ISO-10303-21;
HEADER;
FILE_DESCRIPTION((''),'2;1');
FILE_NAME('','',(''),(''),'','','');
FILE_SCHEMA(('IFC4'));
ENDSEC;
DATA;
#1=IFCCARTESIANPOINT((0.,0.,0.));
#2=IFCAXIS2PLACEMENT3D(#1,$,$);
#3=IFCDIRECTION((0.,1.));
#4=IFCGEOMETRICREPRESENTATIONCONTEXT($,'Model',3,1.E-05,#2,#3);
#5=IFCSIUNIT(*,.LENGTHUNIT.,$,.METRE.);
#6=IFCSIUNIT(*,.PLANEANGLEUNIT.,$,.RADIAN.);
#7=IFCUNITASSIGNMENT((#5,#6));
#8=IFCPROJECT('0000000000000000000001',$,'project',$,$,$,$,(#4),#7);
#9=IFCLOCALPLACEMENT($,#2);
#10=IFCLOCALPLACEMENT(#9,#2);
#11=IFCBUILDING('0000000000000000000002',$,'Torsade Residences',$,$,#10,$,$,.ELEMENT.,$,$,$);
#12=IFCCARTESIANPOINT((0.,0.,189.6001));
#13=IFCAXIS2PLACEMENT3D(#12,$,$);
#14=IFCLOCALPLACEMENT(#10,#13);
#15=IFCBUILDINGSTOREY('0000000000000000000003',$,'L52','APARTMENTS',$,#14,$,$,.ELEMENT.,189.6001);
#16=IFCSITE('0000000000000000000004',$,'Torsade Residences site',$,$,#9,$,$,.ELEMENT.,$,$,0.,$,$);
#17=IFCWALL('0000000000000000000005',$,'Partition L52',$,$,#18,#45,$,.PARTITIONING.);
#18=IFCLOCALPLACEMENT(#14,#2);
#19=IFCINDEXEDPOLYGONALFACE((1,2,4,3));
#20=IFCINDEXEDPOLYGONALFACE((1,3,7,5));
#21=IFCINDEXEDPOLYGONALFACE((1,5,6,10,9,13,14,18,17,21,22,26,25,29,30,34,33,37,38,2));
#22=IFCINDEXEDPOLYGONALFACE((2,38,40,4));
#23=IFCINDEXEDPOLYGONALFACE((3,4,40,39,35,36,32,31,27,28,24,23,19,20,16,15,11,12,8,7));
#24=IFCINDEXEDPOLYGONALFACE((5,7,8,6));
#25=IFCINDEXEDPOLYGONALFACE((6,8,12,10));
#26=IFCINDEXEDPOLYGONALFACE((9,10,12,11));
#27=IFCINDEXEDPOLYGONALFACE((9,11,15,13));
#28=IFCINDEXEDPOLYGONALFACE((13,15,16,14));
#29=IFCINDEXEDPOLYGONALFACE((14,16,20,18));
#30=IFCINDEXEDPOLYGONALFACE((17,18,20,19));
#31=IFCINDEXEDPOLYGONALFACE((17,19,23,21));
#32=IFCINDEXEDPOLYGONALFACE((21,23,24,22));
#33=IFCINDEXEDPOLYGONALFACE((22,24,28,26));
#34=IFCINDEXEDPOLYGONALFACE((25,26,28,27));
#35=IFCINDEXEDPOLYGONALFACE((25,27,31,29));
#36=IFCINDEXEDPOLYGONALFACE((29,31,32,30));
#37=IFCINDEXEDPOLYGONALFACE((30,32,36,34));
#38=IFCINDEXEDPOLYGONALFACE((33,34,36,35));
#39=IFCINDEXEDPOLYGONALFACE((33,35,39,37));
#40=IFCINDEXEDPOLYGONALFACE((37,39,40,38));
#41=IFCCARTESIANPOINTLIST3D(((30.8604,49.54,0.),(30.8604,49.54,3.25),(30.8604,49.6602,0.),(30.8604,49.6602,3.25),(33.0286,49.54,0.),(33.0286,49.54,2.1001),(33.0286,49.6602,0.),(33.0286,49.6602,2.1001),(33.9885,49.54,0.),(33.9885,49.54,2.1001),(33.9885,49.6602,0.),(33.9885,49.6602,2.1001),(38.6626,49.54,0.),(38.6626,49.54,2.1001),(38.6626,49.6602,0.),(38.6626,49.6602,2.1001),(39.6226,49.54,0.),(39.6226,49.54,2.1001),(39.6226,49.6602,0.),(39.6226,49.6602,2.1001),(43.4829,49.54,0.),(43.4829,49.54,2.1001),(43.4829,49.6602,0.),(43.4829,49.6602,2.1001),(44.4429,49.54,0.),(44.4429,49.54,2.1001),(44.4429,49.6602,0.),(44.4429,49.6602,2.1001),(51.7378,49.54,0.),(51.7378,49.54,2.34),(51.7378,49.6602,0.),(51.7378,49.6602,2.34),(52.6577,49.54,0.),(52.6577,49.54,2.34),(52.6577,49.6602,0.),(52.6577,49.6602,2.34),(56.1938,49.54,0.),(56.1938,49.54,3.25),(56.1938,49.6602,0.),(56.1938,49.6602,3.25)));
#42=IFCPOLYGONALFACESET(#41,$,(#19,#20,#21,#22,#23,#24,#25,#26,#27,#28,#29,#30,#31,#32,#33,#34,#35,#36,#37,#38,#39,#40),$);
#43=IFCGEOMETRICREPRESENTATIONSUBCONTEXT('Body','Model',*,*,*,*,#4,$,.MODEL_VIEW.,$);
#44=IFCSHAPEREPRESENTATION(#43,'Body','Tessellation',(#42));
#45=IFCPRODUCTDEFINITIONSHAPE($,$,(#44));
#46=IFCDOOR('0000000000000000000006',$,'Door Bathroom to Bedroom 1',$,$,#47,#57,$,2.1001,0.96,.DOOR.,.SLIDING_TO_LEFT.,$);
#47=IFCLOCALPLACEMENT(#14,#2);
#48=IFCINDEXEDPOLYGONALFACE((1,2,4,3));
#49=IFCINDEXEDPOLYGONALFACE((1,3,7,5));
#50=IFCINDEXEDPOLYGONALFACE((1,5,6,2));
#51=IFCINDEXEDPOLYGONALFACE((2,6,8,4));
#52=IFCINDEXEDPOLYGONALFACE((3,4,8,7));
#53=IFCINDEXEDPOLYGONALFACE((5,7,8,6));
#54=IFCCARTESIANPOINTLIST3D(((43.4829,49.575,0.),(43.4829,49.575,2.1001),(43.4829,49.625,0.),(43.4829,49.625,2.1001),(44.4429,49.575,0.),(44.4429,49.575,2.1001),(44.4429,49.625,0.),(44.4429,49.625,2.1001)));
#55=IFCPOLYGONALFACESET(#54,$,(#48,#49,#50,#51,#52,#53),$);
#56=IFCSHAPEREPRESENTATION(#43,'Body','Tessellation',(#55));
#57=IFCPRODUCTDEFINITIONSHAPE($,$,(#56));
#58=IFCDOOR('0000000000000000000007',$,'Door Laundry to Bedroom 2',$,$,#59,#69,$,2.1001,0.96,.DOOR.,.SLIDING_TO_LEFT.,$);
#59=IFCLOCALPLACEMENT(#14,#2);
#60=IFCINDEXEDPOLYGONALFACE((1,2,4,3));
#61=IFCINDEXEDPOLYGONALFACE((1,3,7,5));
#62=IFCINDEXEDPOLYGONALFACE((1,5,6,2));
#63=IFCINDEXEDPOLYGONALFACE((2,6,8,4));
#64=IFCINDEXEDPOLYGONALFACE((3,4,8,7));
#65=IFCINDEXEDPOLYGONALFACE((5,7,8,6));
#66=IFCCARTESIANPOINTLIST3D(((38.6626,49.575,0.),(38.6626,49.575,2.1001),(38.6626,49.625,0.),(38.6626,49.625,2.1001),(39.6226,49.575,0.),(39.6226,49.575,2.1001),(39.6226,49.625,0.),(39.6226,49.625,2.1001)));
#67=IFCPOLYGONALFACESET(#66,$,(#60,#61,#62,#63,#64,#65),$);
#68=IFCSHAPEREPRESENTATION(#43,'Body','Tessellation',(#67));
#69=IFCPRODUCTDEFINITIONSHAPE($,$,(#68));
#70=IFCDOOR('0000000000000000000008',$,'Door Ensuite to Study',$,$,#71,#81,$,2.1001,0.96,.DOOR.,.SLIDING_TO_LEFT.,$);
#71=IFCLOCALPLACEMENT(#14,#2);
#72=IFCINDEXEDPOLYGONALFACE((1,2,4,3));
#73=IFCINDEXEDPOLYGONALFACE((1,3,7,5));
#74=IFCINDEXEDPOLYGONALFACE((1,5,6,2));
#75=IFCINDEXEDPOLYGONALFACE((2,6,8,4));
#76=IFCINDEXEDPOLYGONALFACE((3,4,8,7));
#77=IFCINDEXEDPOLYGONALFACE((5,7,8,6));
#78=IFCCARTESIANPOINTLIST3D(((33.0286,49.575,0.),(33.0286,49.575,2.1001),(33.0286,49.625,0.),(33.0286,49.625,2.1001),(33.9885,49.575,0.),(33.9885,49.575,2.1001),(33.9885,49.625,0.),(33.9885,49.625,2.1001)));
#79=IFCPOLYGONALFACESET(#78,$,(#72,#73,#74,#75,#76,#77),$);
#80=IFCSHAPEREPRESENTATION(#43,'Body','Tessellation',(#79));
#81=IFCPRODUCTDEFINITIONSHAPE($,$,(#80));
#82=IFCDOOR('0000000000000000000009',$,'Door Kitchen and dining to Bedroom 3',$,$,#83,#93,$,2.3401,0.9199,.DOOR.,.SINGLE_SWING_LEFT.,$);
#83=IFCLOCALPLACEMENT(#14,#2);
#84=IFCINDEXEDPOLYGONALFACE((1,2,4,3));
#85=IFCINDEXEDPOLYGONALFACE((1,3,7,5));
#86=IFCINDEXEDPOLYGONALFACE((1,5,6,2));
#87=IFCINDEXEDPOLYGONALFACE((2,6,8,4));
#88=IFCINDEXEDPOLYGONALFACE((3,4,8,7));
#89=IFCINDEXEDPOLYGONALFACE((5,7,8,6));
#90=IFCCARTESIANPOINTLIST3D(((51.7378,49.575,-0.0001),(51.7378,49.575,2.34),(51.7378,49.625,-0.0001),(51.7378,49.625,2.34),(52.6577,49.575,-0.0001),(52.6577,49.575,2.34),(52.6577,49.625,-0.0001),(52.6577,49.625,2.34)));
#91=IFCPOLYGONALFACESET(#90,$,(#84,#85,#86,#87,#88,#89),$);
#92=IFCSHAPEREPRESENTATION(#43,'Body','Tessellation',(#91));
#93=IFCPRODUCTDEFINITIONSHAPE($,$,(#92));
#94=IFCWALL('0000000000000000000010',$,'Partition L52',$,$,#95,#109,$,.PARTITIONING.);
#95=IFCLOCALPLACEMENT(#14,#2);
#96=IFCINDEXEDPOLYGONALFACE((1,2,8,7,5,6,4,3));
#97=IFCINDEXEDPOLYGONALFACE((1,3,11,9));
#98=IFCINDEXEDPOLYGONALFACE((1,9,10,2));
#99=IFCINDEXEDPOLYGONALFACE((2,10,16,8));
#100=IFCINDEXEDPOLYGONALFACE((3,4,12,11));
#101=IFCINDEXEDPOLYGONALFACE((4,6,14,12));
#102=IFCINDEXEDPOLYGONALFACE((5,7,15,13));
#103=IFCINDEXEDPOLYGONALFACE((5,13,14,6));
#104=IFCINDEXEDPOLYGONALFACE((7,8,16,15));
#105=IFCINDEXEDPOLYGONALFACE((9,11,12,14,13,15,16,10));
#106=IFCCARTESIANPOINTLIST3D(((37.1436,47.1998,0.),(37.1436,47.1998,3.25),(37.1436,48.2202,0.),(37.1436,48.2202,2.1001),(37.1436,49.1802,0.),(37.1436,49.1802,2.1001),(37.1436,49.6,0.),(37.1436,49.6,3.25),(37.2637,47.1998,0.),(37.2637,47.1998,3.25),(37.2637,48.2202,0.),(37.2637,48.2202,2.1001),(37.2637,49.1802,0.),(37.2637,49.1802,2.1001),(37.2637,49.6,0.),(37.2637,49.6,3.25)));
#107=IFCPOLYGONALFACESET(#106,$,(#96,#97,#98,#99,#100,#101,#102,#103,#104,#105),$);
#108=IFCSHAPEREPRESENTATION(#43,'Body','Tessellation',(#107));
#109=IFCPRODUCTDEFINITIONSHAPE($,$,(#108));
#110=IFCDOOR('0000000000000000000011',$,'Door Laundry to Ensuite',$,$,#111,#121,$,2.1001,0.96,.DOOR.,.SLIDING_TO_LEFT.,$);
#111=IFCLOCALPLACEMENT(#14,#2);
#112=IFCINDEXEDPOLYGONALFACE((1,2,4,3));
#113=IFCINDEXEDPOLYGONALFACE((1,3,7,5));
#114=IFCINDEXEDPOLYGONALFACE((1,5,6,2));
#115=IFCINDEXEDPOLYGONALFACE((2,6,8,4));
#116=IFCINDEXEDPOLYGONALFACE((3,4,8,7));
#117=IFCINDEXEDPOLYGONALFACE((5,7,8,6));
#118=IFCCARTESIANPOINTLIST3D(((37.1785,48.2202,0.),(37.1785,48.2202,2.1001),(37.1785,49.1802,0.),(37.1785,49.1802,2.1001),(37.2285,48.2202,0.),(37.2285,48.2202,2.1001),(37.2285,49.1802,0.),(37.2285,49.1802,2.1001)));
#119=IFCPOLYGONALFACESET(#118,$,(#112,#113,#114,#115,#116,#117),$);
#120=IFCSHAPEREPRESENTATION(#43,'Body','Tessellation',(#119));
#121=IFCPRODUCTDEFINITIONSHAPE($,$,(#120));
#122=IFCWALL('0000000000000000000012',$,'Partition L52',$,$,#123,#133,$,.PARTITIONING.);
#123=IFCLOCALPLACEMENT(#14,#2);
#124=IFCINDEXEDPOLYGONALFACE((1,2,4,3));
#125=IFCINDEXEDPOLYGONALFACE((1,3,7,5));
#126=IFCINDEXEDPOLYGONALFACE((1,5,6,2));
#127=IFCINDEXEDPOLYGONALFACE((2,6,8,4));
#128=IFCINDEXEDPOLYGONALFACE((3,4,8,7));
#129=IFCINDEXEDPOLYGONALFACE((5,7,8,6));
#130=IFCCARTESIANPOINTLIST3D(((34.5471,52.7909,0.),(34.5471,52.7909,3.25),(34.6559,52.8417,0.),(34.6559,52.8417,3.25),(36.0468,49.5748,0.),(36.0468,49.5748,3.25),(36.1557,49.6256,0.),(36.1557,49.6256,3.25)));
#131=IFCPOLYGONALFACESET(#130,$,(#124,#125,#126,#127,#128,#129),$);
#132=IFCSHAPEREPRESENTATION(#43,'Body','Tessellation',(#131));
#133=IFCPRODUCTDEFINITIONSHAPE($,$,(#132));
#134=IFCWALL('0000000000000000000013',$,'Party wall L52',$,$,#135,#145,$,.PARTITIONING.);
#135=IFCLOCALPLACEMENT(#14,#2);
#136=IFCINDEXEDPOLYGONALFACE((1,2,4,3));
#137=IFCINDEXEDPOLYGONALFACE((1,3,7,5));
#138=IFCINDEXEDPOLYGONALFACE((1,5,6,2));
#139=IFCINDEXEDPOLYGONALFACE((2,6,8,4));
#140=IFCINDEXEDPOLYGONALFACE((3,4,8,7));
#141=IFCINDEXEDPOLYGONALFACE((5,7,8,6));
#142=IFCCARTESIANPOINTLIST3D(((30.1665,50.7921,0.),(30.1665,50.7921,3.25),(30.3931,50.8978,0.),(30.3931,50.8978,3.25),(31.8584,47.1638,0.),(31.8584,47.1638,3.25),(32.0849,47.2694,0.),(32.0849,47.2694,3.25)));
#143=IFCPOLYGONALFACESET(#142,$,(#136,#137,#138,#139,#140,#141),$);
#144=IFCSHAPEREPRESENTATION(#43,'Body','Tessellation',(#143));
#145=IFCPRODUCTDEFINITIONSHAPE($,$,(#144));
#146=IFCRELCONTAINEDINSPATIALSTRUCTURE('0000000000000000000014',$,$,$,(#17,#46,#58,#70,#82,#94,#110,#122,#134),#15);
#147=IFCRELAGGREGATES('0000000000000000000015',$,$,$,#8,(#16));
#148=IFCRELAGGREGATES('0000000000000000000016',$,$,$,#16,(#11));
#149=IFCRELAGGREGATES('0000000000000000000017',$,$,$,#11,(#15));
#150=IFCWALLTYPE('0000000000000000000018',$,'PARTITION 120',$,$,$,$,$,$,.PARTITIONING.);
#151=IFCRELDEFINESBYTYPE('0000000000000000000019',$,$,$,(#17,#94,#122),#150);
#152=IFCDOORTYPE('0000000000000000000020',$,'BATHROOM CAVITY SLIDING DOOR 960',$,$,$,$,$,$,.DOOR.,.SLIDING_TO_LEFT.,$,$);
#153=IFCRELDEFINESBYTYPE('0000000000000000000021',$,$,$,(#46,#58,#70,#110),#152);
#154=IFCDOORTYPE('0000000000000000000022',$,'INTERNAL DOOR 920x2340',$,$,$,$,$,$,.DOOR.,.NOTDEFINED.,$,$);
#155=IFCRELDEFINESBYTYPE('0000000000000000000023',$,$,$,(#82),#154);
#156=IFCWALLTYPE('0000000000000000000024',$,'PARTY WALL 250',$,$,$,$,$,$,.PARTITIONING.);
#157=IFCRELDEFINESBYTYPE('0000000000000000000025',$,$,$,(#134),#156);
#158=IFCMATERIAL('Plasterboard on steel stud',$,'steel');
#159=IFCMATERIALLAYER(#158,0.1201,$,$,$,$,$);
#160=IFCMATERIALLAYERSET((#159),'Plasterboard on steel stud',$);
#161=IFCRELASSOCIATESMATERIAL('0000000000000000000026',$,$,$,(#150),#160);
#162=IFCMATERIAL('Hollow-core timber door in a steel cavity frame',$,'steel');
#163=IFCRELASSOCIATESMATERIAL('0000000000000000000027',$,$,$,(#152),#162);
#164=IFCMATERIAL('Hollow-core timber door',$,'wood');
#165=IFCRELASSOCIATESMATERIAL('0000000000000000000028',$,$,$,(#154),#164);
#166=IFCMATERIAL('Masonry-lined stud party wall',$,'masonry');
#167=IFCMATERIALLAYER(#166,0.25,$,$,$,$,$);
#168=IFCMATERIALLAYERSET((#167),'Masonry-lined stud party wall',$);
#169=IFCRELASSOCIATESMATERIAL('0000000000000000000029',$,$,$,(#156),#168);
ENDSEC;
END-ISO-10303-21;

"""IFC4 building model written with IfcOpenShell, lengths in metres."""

from ifc_helpers import new_model, si_unit, direction, frame, frame_2d, origin, place, context, subcontext, project, spatial, rectangle, extrude, material, layer, layer_set, type_object, element, fill, save


model = new_model("IFC4")

# Units and contexts
model_context = context("Model", 3, precision=1e-05, world=origin(), true_north=direction((0.0, 1.0)))
body_context = subcontext(model_context, "Body", "Model", "MODEL_VIEW")
ifc_project = project(units=[si_unit("LENGTHUNIT", "METRE"), si_unit("PLANEANGLEUNIT", "RADIAN")], contexts=[model_context])

# Site, building, storey
site_placement = place(None, origin())
site = spatial("IfcSite", under=ifc_project, at=site_placement, Name="Torsade Residences site", CompositionType="ELEMENT", RefElevation=0.0)
building_placement = place(site_placement, origin())
building = spatial("IfcBuilding", under=site, at=building_placement, Name="Torsade Residences", CompositionType="ELEMENT")
storey_placement = place(building_placement, frame((0.0, 0.0, 189.6001)))
storey = spatial("IfcBuildingStorey", under=building, at=storey_placement, Name="L52", Description="APARTMENTS", CompositionType="ELEMENT", Elevation=189.6001)

# Wall, openings, doors
ifc_material_1 = material(Name="Plasterboard on steel stud", Category="steel")
ifc_layer_1 = layer(ifc_material_1, 0.1201)
ifc_layer_set_1 = layer_set([ifc_layer_1], Name="Plasterboard on steel stud")
wall_type_1 = type_object("IfcWallType", Name="PARTITION 120", PredefinedType="PARTITIONING", material=ifc_layer_set_1)
wall_1_placement = place(storey_placement, frame((30.8604, 49.6001, 0.0), z_axis=(0.0, 0.0, 1.0), x_axis=(1.0, 0.0, 0.0)))
wall_1 = element("IfcWall", 1, at=wall_1_placement, inside=storey, type_object=wall_type_1, Name="Partition L52", PredefinedType="PARTITIONING", context=body_context, shape_type="SweptSolid", body=[
    extrude(rectangle(XDim=25.3335, YDim=0.1201, at=frame_2d((12.6667, 0.0))), origin(), (0.0, 0.0, 1.0), 3.25),
])
opening_1_placement = place(wall_1_placement, frame((20.8774, 0.0, 0.0)))
opening_1 = element("IfcOpeningElement", 2, at=opening_1_placement, cuts=wall_1, PredefinedType="OPENING", context=body_context, shape_type="SweptSolid", body=[
    extrude(rectangle(XDim=0.9199, YDim=2.3401, at=frame_2d((0.46, 1.1699))), frame((0.0, 0.0701, 0.0), z_axis=(0.0, -1.0, 0.0), x_axis=(1.0, 0.0, 0.0)), (0.0, 0.0, 1.0), 0.1401),
])
opening_2_placement = place(wall_1_placement, frame((12.6226, 0.0, 0.0)))
opening_2 = element("IfcOpeningElement", 3, at=opening_2_placement, cuts=wall_1, PredefinedType="OPENING", context=body_context, shape_type="SweptSolid", body=[
    extrude(rectangle(XDim=0.96, YDim=2.1001, at=frame_2d((0.48, 1.05))), frame((0.0, 0.0701, 0.0), z_axis=(0.0, -1.0, 0.0), x_axis=(1.0, 0.0, 0.0)), (0.0, 0.0, 1.0), 0.1401),
])
opening_3_placement = place(wall_1_placement, frame((7.8022, 0.0, 0.0)))
opening_3 = element("IfcOpeningElement", 4, at=opening_3_placement, cuts=wall_1, PredefinedType="OPENING", context=body_context, shape_type="SweptSolid", body=[
    extrude(rectangle(XDim=0.96, YDim=2.1001, at=frame_2d((0.48, 1.05))), frame((0.0, 0.0701, 0.0), z_axis=(0.0, -1.0, 0.0), x_axis=(1.0, 0.0, 0.0)), (0.0, 0.0, 1.0), 0.1401),
])
opening_4_placement = place(wall_1_placement, frame((2.1682, 0.0, 0.0)))
opening_4 = element("IfcOpeningElement", 5, at=opening_4_placement, cuts=wall_1, PredefinedType="OPENING", context=body_context, shape_type="SweptSolid", body=[
    extrude(rectangle(XDim=0.96, YDim=2.1001, at=frame_2d((0.48, 1.05))), frame((0.0, 0.0701, 0.0), z_axis=(0.0, -1.0, 0.0), x_axis=(1.0, 0.0, 0.0)), (0.0, 0.0, 1.0), 0.1401),
])
ifc_material_2 = material(Name="Hollow-core timber door in a steel cavity frame", Category="steel")
door_type_1 = type_object("IfcDoorType", Name="BATHROOM CAVITY SLIDING DOOR 960", OperationType="SLIDING_TO_LEFT", PredefinedType="DOOR", material=ifc_material_2)
door_1_placement = place(opening_2_placement, origin())
door_1 = element("IfcDoor", 6, at=door_1_placement, inside=storey, type_object=door_type_1, Name="Door Bathroom to Bedroom 1", OperationType="SLIDING_TO_LEFT", OverallHeight=2.1001, OverallWidth=0.96, PredefinedType="DOOR", context=body_context, shape_type="SweptSolid", body=[
    extrude(rectangle(XDim=0.96, YDim=2.1001, at=frame_2d((0.48, 1.05))), frame((0.0, 0.0249, 0.0), z_axis=(0.0, -1.0, 0.0), x_axis=(1.0, 0.0, 0.0)), (0.0, 0.0, 1.0), 0.05),
])
fill(opening_2, door_1)
door_2_placement = place(opening_3_placement, origin())
door_2 = element("IfcDoor", 7, at=door_2_placement, inside=storey, type_object=door_type_1, Name="Door Laundry to Bedroom 2", OperationType="SLIDING_TO_LEFT", OverallHeight=2.1001, OverallWidth=0.96, PredefinedType="DOOR", context=body_context, shape_type="SweptSolid", body=[
    extrude(rectangle(XDim=0.96, YDim=2.1001, at=frame_2d((0.48, 1.05))), frame((0.0, 0.0249, 0.0), z_axis=(0.0, -1.0, 0.0), x_axis=(1.0, 0.0, 0.0)), (0.0, 0.0, 1.0), 0.05),
])
fill(opening_3, door_2)
door_3_placement = place(opening_4_placement, origin())
door_3 = element("IfcDoor", 8, at=door_3_placement, inside=storey, type_object=door_type_1, Name="Door Ensuite to Study", OperationType="SLIDING_TO_LEFT", OverallHeight=2.1001, OverallWidth=0.96, PredefinedType="DOOR", context=body_context, shape_type="SweptSolid", body=[
    extrude(rectangle(XDim=0.96, YDim=2.1001, at=frame_2d((0.48, 1.05))), frame((0.0, 0.0249, 0.0), z_axis=(0.0, -1.0, 0.0), x_axis=(1.0, 0.0, 0.0)), (0.0, 0.0, 1.0), 0.05),
])
fill(opening_4, door_3)
ifc_material_3 = material(Name="Hollow-core timber door", Category="wood")
door_type_2 = type_object("IfcDoorType", Name="INTERNAL DOOR 920x2340", OperationType="NOTDEFINED", PredefinedType="DOOR", material=ifc_material_3)
door_4_placement = place(opening_1_placement, origin())
door_4 = element("IfcDoor", 9, at=door_4_placement, inside=storey, type_object=door_type_2, Name="Door Kitchen and dining to Bedroom 3", OperationType="SINGLE_SWING_LEFT", OverallHeight=2.3401, OverallWidth=0.9199, PredefinedType="DOOR", context=body_context, shape_type="SweptSolid", body=[
    extrude(rectangle(XDim=0.9199, YDim=2.3401, at=frame_2d((0.46, 1.1699))), frame((0.0, 0.0249, 0.0), z_axis=(0.0, -1.0, 0.0), x_axis=(1.0, 0.0, 0.0)), (0.0, 0.0, 1.0), 0.05),
])
fill(opening_1, door_4)

# Wall, opening, door
wall_2_placement = place(storey_placement, frame((37.2036, 49.6001, 0.0), z_axis=(0.0, 0.0, 1.0), x_axis=(0.0, -1.0, 0.0)))
wall_2 = element("IfcWall", 10, at=wall_2_placement, inside=storey, type_object=wall_type_1, Name="Partition L52", PredefinedType="PARTITIONING", context=body_context, shape_type="SweptSolid", body=[
    extrude(rectangle(XDim=2.4001, YDim=0.1201, at=frame_2d((1.2002, 0.0))), origin(), (0.0, 0.0, 1.0), 3.25),
])
opening_5_placement = place(wall_2_placement, frame((0.4199, 0.0, 0.0)))
opening_5 = element("IfcOpeningElement", 11, at=opening_5_placement, cuts=wall_2, PredefinedType="OPENING", context=body_context, shape_type="SweptSolid", body=[
    extrude(rectangle(XDim=0.96, YDim=2.1001, at=frame_2d((0.48, 1.05))), frame((0.0, 0.0701, 0.0), z_axis=(0.0, -1.0, 0.0), x_axis=(1.0, 0.0, 0.0)), (0.0, 0.0, 1.0), 0.1401),
])
door_5_placement = place(opening_5_placement, origin())
door_5 = element("IfcDoor", 12, at=door_5_placement, inside=storey, type_object=door_type_1, Name="Door Laundry to Ensuite", OperationType="SLIDING_TO_LEFT", OverallHeight=2.1001, OverallWidth=0.96, PredefinedType="DOOR", context=body_context, shape_type="SweptSolid", body=[
    extrude(rectangle(XDim=0.96, YDim=2.1001, at=frame_2d((0.48, 1.05))), frame((0.0, 0.0249, 0.0), z_axis=(0.0, -1.0, 0.0), x_axis=(1.0, 0.0, 0.0)), (0.0, 0.0, 1.0), 0.05),
])
fill(opening_5, door_5)

# Walls
wall_3_placement = place(storey_placement, frame((36.1013, 49.6001, 0.0), z_axis=(0.0, 0.0, 1.0), x_axis=(-0.422637, 0.906299, 0.0)))
element("IfcWall", 13, at=wall_3_placement, inside=storey, type_object=wall_type_1, Name="Partition L52", PredefinedType="PARTITIONING", context=body_context, shape_type="SweptSolid", body=[
    extrude(rectangle(XDim=3.5486, YDim=0.1201, at=frame_2d((1.7744, 0.0))), origin(), (0.0, 0.0, 1.0), 3.25),
])
ifc_material_4 = material(Name="Masonry-lined stud party wall", Category="masonry")
ifc_layer_2 = layer(ifc_material_4, 0.25)
ifc_layer_set_2 = layer_set([ifc_layer_2], Name="Masonry-lined stud party wall")
wall_type_2 = type_object("IfcWallType", Name="PARTY WALL 250", PredefinedType="PARTITIONING", material=ifc_layer_set_2)
wall_4_placement = place(storey_placement, frame((30.2798, 50.845, 0.0), z_axis=(0.0, 0.0, 1.0), x_axis=(0.422605, -0.906314, 0.0)))
element("IfcWall", 14, at=wall_4_placement, inside=storey, type_object=wall_type_2, Name="Party wall L52", PredefinedType="PARTITIONING", context=body_context, shape_type="SweptSolid", body=[
    extrude(rectangle(XDim=4.0034, YDim=0.25, at=frame_2d((2.0017, 0.0))), origin(), (0.0, 0.0, 1.0), 3.25),
])

save(model, "model.ifc")
